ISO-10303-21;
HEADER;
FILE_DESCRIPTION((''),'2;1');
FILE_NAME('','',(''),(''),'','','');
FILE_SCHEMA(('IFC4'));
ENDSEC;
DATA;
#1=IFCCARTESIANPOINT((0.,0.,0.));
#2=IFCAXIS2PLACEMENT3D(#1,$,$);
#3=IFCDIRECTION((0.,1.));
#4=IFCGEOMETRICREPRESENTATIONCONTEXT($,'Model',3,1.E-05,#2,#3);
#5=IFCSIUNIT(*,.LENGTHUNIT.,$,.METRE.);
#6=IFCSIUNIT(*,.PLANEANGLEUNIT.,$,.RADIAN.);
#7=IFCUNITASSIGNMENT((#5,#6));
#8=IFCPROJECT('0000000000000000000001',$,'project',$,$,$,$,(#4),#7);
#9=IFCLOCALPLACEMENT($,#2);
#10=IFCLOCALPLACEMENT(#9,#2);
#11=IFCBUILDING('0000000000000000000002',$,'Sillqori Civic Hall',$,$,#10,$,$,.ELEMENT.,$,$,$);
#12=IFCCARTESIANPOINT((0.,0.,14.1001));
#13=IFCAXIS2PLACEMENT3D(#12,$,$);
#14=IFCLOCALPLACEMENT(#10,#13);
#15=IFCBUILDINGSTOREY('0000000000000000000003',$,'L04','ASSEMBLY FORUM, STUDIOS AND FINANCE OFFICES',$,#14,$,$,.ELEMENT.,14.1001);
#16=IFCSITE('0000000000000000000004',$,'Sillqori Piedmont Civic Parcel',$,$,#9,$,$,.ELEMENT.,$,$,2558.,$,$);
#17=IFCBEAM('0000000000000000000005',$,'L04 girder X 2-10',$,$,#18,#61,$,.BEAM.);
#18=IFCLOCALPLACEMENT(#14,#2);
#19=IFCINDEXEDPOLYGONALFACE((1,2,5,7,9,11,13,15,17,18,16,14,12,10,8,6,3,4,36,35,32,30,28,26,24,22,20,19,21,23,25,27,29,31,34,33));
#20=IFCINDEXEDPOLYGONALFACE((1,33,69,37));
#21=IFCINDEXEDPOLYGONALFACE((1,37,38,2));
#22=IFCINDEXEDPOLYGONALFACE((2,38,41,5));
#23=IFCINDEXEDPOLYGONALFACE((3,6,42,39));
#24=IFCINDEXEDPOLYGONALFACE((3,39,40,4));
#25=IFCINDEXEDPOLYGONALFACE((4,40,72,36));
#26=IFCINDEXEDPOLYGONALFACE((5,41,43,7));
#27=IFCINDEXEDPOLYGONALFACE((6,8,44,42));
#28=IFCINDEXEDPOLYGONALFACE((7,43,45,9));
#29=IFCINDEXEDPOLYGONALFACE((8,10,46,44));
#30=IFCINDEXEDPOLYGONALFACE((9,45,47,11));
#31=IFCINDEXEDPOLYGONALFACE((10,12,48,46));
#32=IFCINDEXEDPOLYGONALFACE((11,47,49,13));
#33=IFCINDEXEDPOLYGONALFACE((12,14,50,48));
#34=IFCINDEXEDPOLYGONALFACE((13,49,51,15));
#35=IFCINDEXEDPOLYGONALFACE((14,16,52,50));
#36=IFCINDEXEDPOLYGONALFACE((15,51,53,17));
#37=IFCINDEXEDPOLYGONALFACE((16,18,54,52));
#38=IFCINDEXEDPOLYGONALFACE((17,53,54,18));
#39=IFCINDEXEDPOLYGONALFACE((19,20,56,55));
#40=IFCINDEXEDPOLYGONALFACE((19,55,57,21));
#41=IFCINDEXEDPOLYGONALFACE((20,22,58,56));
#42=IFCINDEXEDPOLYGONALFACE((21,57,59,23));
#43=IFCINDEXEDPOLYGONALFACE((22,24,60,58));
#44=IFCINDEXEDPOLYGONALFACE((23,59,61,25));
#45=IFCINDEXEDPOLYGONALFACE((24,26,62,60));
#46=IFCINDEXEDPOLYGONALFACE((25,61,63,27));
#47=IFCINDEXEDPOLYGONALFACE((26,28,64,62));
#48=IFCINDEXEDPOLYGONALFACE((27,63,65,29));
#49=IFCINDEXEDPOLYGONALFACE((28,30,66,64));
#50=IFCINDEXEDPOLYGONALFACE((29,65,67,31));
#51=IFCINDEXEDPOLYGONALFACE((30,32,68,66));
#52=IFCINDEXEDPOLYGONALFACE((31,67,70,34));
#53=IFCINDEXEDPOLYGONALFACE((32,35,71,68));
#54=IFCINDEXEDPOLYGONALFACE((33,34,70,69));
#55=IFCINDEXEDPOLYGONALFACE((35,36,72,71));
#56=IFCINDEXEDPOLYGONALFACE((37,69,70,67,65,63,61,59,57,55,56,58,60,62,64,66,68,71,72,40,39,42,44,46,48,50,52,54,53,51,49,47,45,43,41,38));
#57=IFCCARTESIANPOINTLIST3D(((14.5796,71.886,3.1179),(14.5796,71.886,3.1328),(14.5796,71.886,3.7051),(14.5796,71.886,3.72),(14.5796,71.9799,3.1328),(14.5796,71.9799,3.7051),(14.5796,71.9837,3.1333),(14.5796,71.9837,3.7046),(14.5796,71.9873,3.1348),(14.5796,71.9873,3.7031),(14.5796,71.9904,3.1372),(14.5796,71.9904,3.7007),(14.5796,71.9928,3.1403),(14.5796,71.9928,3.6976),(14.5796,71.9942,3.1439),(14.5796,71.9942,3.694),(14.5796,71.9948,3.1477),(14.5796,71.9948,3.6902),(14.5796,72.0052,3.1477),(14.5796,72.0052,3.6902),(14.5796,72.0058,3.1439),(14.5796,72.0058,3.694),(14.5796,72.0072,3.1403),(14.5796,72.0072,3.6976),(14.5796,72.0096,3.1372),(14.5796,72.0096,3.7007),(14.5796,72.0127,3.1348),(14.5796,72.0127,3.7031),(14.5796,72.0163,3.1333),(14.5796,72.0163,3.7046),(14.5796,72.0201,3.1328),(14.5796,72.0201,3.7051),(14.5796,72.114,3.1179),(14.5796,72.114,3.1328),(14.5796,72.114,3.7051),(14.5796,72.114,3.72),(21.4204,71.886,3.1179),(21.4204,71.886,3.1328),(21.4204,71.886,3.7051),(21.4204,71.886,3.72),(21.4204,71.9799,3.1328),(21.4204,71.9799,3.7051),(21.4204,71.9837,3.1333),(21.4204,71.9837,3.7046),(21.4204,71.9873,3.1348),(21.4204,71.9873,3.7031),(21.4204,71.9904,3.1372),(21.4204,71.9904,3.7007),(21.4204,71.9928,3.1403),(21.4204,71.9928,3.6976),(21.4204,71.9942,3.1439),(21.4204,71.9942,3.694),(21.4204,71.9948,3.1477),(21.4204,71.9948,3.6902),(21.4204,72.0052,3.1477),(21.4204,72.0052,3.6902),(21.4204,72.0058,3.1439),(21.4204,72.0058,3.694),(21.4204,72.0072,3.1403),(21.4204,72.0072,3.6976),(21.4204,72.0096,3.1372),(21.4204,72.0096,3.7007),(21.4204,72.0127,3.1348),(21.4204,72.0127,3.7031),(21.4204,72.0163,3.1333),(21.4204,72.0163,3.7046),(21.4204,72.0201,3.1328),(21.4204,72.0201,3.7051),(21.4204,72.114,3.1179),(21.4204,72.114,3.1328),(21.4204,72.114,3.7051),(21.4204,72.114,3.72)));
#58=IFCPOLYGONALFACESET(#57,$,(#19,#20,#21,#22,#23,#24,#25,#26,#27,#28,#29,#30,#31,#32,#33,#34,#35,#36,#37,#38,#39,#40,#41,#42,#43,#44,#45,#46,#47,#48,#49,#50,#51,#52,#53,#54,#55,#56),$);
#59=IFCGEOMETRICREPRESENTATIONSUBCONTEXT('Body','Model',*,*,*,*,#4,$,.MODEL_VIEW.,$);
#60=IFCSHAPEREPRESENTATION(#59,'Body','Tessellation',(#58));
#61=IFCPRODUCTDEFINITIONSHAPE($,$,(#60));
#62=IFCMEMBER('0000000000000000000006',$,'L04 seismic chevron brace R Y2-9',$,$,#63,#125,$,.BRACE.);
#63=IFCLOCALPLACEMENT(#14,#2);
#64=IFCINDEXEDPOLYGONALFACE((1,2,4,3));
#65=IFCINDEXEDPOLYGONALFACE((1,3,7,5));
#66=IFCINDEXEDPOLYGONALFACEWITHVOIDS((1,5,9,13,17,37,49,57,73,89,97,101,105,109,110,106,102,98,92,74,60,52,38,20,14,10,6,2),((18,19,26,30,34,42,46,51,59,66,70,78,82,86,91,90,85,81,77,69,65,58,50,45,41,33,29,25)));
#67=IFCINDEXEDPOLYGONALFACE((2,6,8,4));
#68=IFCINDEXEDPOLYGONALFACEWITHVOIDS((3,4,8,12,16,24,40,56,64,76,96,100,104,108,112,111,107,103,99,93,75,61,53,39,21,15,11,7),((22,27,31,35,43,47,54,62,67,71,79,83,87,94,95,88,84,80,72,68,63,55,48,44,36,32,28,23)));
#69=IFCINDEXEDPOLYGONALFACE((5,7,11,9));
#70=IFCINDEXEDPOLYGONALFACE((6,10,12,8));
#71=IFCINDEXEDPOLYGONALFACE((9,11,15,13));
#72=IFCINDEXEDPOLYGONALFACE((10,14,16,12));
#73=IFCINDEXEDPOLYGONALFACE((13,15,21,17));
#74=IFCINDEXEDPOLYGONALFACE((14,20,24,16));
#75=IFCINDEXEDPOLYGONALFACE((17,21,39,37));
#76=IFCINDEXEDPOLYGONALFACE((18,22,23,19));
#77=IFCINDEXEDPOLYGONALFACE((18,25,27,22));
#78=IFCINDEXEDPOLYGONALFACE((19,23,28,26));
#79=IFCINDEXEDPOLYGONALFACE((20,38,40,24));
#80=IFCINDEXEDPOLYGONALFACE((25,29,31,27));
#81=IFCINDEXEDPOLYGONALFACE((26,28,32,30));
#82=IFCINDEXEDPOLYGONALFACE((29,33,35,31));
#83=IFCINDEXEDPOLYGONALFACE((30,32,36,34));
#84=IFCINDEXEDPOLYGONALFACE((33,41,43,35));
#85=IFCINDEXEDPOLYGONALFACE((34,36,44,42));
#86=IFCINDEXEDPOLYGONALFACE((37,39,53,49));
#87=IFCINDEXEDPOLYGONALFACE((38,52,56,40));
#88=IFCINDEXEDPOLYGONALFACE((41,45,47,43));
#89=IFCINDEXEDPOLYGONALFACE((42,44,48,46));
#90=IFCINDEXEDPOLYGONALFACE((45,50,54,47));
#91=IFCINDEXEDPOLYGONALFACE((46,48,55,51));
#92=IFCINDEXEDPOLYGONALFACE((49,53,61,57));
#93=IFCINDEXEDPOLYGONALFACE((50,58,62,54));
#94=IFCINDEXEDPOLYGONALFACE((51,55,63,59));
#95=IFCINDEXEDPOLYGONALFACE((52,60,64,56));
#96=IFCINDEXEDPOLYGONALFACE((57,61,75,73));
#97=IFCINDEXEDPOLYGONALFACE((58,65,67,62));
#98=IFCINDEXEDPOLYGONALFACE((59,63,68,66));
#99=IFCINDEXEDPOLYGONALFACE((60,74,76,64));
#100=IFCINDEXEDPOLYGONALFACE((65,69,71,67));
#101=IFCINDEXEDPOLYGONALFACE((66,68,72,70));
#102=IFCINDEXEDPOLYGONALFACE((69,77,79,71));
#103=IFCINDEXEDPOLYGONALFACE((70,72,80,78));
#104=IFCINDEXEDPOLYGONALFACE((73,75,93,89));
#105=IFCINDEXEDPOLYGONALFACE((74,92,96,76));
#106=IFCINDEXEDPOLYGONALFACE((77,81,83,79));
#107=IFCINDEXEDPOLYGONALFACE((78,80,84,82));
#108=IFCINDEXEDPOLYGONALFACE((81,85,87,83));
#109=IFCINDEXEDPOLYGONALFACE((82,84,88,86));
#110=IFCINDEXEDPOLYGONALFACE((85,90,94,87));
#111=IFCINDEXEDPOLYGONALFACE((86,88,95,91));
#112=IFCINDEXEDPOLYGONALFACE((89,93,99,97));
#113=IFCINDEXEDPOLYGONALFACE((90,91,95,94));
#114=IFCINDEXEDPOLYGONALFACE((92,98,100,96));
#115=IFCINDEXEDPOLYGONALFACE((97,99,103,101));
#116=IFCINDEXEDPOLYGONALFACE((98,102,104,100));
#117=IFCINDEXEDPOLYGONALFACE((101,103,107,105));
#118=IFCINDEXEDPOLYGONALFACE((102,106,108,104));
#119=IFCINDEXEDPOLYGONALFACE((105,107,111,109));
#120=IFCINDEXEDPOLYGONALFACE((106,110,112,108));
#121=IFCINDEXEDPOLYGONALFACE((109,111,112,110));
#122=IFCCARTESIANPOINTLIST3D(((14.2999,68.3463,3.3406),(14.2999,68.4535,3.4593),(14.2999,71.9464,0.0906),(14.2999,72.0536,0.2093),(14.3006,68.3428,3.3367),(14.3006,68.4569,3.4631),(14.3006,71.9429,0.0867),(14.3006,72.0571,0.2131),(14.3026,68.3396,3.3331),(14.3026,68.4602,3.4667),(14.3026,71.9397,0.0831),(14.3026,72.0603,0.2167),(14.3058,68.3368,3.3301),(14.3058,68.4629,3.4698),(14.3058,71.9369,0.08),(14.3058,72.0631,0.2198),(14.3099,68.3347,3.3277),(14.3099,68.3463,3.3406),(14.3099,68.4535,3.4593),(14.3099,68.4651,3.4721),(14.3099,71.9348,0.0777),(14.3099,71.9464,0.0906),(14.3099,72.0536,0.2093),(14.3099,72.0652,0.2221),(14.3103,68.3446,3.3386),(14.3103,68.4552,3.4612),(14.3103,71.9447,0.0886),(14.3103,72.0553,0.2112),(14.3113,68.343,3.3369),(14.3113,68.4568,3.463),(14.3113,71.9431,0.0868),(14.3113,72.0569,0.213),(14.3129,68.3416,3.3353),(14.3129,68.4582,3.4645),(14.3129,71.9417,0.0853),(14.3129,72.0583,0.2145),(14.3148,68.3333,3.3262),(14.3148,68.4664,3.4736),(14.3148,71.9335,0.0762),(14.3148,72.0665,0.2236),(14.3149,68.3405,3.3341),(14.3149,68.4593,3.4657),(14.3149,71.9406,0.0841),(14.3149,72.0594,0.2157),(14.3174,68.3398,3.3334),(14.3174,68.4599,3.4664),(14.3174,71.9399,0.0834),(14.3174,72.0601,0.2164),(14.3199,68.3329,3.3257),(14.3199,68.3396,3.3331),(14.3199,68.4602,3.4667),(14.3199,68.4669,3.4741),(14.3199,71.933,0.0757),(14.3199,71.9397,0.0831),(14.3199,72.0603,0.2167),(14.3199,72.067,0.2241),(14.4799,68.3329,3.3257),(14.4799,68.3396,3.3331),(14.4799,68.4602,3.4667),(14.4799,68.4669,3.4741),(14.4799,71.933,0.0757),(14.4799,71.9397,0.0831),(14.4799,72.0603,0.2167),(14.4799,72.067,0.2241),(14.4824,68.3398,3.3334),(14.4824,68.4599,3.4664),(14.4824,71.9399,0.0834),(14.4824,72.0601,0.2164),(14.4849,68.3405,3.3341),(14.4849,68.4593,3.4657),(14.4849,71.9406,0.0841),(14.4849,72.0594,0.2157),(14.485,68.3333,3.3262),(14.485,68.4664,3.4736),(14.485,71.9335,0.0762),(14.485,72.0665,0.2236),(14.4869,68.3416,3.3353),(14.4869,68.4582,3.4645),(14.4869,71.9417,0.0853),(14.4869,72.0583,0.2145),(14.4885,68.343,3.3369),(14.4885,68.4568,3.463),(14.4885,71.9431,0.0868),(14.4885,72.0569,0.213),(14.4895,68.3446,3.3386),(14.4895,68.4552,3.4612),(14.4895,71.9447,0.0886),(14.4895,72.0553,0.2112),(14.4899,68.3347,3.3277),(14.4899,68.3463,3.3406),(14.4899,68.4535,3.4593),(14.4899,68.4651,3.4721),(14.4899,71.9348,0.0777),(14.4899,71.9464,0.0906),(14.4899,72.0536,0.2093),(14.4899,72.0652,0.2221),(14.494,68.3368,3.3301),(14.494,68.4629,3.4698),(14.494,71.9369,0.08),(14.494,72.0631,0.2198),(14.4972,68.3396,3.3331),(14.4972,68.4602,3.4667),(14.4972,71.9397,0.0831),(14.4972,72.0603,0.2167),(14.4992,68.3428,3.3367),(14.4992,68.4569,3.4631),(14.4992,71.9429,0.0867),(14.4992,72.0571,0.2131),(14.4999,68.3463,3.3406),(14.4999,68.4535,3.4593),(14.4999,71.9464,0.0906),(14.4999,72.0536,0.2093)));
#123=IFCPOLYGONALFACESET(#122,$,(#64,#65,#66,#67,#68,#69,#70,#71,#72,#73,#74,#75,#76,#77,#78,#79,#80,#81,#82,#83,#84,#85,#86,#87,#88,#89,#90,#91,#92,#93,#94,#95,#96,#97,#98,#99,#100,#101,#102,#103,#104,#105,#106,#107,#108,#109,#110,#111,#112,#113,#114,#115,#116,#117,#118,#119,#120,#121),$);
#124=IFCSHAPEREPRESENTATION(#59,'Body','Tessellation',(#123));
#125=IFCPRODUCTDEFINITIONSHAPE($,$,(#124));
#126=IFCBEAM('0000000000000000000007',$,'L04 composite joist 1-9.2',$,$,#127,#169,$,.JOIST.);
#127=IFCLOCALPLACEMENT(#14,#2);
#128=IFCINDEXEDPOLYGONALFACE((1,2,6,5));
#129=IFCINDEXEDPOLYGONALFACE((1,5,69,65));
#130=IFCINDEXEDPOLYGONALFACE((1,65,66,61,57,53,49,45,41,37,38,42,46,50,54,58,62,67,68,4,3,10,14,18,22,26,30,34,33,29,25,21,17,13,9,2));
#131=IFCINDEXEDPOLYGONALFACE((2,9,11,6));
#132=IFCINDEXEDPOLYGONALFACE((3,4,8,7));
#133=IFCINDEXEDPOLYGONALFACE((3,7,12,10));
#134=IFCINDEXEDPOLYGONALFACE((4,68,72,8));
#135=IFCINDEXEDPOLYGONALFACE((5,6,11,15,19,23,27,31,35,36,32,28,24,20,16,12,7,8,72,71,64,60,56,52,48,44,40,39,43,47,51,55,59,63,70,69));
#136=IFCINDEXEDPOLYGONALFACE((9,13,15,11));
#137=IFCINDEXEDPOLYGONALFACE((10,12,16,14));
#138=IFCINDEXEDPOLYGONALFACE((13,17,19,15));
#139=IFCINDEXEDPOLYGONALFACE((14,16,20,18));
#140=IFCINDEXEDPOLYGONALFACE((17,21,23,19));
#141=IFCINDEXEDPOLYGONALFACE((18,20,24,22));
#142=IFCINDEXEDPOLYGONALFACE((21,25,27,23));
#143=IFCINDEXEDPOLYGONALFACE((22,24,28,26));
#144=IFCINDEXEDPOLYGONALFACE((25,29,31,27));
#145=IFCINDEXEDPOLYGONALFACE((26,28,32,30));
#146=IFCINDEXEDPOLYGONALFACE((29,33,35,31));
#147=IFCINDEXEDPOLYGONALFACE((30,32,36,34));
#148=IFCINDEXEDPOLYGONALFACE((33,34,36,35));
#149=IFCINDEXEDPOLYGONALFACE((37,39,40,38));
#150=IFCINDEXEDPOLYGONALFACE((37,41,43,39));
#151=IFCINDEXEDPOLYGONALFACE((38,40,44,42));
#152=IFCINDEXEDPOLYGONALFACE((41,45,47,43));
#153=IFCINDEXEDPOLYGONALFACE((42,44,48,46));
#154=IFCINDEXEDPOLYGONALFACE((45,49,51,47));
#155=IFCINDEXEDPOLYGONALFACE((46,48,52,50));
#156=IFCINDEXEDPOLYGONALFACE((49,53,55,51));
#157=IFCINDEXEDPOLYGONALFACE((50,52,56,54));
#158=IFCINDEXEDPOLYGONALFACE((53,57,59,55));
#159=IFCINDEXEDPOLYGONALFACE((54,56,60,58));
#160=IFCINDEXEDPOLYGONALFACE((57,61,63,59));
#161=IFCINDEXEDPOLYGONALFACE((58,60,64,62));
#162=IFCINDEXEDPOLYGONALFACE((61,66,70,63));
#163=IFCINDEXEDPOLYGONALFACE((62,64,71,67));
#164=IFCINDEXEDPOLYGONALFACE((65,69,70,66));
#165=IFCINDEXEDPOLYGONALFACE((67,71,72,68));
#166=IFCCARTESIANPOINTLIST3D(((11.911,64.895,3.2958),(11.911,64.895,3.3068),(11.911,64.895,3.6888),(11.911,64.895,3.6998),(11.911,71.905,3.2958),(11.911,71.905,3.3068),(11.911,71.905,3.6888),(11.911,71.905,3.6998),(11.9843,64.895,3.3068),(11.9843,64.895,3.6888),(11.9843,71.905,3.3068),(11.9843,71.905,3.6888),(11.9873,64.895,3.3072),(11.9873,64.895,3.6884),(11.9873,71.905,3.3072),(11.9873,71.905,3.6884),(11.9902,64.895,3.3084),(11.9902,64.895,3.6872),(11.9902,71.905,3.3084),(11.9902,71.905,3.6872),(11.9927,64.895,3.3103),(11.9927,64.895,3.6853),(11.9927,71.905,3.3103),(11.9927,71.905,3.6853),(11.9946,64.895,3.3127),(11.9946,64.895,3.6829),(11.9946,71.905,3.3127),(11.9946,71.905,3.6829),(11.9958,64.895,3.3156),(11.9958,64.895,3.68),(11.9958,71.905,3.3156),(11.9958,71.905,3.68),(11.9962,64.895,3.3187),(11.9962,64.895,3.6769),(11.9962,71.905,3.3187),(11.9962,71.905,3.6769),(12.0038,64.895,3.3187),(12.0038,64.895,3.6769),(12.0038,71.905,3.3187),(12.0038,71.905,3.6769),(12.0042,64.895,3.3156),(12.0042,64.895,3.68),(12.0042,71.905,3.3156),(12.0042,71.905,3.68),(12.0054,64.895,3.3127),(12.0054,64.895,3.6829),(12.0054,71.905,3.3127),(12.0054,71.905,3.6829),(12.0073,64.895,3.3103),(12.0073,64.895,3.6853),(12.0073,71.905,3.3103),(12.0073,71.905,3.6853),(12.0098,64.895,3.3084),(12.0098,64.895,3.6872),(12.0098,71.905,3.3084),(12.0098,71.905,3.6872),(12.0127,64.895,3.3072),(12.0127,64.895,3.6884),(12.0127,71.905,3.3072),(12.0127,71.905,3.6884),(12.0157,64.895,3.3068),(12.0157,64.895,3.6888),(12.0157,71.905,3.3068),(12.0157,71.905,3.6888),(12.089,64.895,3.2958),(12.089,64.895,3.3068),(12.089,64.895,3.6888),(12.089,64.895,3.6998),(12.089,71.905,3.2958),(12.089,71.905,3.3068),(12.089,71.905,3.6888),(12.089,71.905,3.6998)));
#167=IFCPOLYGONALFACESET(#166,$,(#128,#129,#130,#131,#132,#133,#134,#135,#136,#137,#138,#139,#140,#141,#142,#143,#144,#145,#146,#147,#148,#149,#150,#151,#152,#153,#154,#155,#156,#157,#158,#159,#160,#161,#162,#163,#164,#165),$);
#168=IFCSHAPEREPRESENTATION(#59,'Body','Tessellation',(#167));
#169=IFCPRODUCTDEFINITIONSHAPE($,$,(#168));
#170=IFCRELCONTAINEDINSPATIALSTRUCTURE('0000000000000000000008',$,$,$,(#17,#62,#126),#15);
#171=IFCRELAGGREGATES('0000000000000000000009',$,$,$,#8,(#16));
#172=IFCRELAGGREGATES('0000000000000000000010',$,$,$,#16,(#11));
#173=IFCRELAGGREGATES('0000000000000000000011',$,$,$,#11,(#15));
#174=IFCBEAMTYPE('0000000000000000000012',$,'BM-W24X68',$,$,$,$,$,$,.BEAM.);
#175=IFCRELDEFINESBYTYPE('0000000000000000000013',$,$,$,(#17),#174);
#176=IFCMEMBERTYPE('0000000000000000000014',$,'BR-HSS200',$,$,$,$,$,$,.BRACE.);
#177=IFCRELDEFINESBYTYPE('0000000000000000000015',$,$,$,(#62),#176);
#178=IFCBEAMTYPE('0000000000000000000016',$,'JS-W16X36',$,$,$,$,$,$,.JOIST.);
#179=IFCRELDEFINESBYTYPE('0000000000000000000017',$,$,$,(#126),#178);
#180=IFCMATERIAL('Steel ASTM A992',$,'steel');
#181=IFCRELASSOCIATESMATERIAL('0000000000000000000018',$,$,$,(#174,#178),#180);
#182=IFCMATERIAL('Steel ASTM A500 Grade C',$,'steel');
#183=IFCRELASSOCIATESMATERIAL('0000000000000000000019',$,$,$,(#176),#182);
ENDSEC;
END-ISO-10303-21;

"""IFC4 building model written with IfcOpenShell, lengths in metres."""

from ifc_helpers import new_model, si_unit, direction, frame, origin, origin_2d, place, context, subcontext, project, spatial, hollow_rectangle, i_section, extrude, material, material_profile, profile_set, type_object, element, save


model = new_model("IFC4")

# Units and contexts
model_context = context("Model", 3, precision=1e-05, world=origin(), true_north=direction((0.0, 1.0)))
body_context = subcontext(model_context, "Body", "Model", "MODEL_VIEW")
ifc_project = project(units=[si_unit("LENGTHUNIT", "METRE"), si_unit("PLANEANGLEUNIT", "RADIAN")], contexts=[model_context])

# Site, building, storey
site_placement = place(None, origin())
site = spatial("IfcSite", under=ifc_project, at=site_placement, Name="Sillqori Piedmont Civic Parcel", CompositionType="ELEMENT", RefElevation=2558.0)
building_placement = place(site_placement, origin())
building = spatial("IfcBuilding", under=site, at=building_placement, Name="Sillqori Civic Hall", CompositionType="ELEMENT")
storey_placement = place(building_placement, frame((0.0, 0.0, 14.1001)))
storey = spatial("IfcBuildingStorey", under=building, at=storey_placement, Name="L04", Description="ASSEMBLY FORUM, STUDIOS AND FINANCE OFFICES", CompositionType="ELEMENT", Elevation=14.1001)

# Shared definitions
ifc_material_1 = material(Name="Steel ASTM A992", Category="steel")

# Beam
ifc_material_profile_1 = material_profile(ifc_material_1, i_section(OverallWidth=0.228, OverallDepth=0.6021, WebThickness=0.0105, FlangeThickness=0.0149, FilletRadius=0.0149, at=origin_2d()), Name="W24X68")
ifc_profile_set_1 = profile_set([ifc_material_profile_1], Name="Steel ASTM A992")
beam_type_1 = type_object("IfcBeamType", Name="BM-W24X68", PredefinedType="BEAM", material=ifc_profile_set_1)
beam_placement = place(storey_placement, frame((14.5796, 72.0, 3.4189), z_axis=(1.0, 0.0, 0.0), x_axis=(0.0, 1.0, 0.0)))
element("IfcBeam", 1, at=beam_placement, inside=storey, type_object=beam_type_1, Name="L04 girder X 2-10", PredefinedType="BEAM", context=body_context, shape_type="SweptSolid", body=[
    extrude(i_section(OverallWidth=0.228, OverallDepth=0.6021, WebThickness=0.0105, FlangeThickness=0.0149, FilletRadius=0.0149, at=origin_2d()), origin(), (0.0, 0.0, 1.0), 6.8408),
])

# Member
ifc_material_2 = material(Name="Steel ASTM A500 Grade C", Category="steel")
ifc_material_profile_2 = material_profile(ifc_material_2, hollow_rectangle(XDim=0.2, YDim=0.2, WallThickness=0.01, InnerFilletRadius=0.01, OuterFilletRadius=0.02, at=origin_2d()), Name="HSS200X200X10")
ifc_profile_set_2 = profile_set([ifc_material_profile_2], Name="Steel ASTM A500 Grade C")
member_type = type_object("IfcMemberType", Name="BR-HSS200", PredefinedType="BRACE", material=ifc_profile_set_2)
member_placement = place(storey_placement, frame((14.3999, 72.0, 0.1499), z_axis=(0.0, -0.742277, 0.670093), x_axis=(1.0, 0.0, 0.0)))
element("IfcMember", 2, at=member_placement, inside=storey, type_object=member_type, Name="L04 seismic chevron brace R Y2-9", PredefinedType="BRACE", context=body_context, shape_type="SweptSolid", body=[
    extrude(hollow_rectangle(XDim=0.2, YDim=0.2, WallThickness=0.01, InnerFilletRadius=0.01, OuterFilletRadius=0.02, at=origin_2d()), origin(), (0.0, 0.0, 1.0), 4.8501),
])

# Beam
ifc_material_profile_3 = material_profile(ifc_material_1, i_section(OverallWidth=0.178, OverallDepth=0.4041, WebThickness=0.0076, FlangeThickness=0.011, FilletRadius=0.012, at=origin_2d()), Name="W16X36")
ifc_profile_set_3 = profile_set([ifc_material_profile_3], Name="Steel ASTM A992")
beam_type_2 = type_object("IfcBeamType", Name="JS-W16X36", PredefinedType="JOIST", material=ifc_profile_set_3)
for number, where, z_axis, x_axis, name in (
    (3, (12.0, 64.895, 3.4978), (0.0, 1.0, 0.0), (-1.0, 0.0, 0.0), "L04 composite joist 1-9.2"),
):
    element("IfcBeam", number, at=place(storey_placement, frame(where, z_axis=z_axis, x_axis=x_axis)), inside=storey, type_object=beam_type_2, Name=name, PredefinedType="JOIST", context=body_context, shape_type="SweptSolid", body=[
        extrude(i_section(OverallWidth=0.178, OverallDepth=0.4041, WebThickness=0.0076, FlangeThickness=0.011, FilletRadius=0.012, at=origin_2d()), origin(), (0.0, 0.0, 1.0), 7.01),
    ])

save(model, "model.ifc")
